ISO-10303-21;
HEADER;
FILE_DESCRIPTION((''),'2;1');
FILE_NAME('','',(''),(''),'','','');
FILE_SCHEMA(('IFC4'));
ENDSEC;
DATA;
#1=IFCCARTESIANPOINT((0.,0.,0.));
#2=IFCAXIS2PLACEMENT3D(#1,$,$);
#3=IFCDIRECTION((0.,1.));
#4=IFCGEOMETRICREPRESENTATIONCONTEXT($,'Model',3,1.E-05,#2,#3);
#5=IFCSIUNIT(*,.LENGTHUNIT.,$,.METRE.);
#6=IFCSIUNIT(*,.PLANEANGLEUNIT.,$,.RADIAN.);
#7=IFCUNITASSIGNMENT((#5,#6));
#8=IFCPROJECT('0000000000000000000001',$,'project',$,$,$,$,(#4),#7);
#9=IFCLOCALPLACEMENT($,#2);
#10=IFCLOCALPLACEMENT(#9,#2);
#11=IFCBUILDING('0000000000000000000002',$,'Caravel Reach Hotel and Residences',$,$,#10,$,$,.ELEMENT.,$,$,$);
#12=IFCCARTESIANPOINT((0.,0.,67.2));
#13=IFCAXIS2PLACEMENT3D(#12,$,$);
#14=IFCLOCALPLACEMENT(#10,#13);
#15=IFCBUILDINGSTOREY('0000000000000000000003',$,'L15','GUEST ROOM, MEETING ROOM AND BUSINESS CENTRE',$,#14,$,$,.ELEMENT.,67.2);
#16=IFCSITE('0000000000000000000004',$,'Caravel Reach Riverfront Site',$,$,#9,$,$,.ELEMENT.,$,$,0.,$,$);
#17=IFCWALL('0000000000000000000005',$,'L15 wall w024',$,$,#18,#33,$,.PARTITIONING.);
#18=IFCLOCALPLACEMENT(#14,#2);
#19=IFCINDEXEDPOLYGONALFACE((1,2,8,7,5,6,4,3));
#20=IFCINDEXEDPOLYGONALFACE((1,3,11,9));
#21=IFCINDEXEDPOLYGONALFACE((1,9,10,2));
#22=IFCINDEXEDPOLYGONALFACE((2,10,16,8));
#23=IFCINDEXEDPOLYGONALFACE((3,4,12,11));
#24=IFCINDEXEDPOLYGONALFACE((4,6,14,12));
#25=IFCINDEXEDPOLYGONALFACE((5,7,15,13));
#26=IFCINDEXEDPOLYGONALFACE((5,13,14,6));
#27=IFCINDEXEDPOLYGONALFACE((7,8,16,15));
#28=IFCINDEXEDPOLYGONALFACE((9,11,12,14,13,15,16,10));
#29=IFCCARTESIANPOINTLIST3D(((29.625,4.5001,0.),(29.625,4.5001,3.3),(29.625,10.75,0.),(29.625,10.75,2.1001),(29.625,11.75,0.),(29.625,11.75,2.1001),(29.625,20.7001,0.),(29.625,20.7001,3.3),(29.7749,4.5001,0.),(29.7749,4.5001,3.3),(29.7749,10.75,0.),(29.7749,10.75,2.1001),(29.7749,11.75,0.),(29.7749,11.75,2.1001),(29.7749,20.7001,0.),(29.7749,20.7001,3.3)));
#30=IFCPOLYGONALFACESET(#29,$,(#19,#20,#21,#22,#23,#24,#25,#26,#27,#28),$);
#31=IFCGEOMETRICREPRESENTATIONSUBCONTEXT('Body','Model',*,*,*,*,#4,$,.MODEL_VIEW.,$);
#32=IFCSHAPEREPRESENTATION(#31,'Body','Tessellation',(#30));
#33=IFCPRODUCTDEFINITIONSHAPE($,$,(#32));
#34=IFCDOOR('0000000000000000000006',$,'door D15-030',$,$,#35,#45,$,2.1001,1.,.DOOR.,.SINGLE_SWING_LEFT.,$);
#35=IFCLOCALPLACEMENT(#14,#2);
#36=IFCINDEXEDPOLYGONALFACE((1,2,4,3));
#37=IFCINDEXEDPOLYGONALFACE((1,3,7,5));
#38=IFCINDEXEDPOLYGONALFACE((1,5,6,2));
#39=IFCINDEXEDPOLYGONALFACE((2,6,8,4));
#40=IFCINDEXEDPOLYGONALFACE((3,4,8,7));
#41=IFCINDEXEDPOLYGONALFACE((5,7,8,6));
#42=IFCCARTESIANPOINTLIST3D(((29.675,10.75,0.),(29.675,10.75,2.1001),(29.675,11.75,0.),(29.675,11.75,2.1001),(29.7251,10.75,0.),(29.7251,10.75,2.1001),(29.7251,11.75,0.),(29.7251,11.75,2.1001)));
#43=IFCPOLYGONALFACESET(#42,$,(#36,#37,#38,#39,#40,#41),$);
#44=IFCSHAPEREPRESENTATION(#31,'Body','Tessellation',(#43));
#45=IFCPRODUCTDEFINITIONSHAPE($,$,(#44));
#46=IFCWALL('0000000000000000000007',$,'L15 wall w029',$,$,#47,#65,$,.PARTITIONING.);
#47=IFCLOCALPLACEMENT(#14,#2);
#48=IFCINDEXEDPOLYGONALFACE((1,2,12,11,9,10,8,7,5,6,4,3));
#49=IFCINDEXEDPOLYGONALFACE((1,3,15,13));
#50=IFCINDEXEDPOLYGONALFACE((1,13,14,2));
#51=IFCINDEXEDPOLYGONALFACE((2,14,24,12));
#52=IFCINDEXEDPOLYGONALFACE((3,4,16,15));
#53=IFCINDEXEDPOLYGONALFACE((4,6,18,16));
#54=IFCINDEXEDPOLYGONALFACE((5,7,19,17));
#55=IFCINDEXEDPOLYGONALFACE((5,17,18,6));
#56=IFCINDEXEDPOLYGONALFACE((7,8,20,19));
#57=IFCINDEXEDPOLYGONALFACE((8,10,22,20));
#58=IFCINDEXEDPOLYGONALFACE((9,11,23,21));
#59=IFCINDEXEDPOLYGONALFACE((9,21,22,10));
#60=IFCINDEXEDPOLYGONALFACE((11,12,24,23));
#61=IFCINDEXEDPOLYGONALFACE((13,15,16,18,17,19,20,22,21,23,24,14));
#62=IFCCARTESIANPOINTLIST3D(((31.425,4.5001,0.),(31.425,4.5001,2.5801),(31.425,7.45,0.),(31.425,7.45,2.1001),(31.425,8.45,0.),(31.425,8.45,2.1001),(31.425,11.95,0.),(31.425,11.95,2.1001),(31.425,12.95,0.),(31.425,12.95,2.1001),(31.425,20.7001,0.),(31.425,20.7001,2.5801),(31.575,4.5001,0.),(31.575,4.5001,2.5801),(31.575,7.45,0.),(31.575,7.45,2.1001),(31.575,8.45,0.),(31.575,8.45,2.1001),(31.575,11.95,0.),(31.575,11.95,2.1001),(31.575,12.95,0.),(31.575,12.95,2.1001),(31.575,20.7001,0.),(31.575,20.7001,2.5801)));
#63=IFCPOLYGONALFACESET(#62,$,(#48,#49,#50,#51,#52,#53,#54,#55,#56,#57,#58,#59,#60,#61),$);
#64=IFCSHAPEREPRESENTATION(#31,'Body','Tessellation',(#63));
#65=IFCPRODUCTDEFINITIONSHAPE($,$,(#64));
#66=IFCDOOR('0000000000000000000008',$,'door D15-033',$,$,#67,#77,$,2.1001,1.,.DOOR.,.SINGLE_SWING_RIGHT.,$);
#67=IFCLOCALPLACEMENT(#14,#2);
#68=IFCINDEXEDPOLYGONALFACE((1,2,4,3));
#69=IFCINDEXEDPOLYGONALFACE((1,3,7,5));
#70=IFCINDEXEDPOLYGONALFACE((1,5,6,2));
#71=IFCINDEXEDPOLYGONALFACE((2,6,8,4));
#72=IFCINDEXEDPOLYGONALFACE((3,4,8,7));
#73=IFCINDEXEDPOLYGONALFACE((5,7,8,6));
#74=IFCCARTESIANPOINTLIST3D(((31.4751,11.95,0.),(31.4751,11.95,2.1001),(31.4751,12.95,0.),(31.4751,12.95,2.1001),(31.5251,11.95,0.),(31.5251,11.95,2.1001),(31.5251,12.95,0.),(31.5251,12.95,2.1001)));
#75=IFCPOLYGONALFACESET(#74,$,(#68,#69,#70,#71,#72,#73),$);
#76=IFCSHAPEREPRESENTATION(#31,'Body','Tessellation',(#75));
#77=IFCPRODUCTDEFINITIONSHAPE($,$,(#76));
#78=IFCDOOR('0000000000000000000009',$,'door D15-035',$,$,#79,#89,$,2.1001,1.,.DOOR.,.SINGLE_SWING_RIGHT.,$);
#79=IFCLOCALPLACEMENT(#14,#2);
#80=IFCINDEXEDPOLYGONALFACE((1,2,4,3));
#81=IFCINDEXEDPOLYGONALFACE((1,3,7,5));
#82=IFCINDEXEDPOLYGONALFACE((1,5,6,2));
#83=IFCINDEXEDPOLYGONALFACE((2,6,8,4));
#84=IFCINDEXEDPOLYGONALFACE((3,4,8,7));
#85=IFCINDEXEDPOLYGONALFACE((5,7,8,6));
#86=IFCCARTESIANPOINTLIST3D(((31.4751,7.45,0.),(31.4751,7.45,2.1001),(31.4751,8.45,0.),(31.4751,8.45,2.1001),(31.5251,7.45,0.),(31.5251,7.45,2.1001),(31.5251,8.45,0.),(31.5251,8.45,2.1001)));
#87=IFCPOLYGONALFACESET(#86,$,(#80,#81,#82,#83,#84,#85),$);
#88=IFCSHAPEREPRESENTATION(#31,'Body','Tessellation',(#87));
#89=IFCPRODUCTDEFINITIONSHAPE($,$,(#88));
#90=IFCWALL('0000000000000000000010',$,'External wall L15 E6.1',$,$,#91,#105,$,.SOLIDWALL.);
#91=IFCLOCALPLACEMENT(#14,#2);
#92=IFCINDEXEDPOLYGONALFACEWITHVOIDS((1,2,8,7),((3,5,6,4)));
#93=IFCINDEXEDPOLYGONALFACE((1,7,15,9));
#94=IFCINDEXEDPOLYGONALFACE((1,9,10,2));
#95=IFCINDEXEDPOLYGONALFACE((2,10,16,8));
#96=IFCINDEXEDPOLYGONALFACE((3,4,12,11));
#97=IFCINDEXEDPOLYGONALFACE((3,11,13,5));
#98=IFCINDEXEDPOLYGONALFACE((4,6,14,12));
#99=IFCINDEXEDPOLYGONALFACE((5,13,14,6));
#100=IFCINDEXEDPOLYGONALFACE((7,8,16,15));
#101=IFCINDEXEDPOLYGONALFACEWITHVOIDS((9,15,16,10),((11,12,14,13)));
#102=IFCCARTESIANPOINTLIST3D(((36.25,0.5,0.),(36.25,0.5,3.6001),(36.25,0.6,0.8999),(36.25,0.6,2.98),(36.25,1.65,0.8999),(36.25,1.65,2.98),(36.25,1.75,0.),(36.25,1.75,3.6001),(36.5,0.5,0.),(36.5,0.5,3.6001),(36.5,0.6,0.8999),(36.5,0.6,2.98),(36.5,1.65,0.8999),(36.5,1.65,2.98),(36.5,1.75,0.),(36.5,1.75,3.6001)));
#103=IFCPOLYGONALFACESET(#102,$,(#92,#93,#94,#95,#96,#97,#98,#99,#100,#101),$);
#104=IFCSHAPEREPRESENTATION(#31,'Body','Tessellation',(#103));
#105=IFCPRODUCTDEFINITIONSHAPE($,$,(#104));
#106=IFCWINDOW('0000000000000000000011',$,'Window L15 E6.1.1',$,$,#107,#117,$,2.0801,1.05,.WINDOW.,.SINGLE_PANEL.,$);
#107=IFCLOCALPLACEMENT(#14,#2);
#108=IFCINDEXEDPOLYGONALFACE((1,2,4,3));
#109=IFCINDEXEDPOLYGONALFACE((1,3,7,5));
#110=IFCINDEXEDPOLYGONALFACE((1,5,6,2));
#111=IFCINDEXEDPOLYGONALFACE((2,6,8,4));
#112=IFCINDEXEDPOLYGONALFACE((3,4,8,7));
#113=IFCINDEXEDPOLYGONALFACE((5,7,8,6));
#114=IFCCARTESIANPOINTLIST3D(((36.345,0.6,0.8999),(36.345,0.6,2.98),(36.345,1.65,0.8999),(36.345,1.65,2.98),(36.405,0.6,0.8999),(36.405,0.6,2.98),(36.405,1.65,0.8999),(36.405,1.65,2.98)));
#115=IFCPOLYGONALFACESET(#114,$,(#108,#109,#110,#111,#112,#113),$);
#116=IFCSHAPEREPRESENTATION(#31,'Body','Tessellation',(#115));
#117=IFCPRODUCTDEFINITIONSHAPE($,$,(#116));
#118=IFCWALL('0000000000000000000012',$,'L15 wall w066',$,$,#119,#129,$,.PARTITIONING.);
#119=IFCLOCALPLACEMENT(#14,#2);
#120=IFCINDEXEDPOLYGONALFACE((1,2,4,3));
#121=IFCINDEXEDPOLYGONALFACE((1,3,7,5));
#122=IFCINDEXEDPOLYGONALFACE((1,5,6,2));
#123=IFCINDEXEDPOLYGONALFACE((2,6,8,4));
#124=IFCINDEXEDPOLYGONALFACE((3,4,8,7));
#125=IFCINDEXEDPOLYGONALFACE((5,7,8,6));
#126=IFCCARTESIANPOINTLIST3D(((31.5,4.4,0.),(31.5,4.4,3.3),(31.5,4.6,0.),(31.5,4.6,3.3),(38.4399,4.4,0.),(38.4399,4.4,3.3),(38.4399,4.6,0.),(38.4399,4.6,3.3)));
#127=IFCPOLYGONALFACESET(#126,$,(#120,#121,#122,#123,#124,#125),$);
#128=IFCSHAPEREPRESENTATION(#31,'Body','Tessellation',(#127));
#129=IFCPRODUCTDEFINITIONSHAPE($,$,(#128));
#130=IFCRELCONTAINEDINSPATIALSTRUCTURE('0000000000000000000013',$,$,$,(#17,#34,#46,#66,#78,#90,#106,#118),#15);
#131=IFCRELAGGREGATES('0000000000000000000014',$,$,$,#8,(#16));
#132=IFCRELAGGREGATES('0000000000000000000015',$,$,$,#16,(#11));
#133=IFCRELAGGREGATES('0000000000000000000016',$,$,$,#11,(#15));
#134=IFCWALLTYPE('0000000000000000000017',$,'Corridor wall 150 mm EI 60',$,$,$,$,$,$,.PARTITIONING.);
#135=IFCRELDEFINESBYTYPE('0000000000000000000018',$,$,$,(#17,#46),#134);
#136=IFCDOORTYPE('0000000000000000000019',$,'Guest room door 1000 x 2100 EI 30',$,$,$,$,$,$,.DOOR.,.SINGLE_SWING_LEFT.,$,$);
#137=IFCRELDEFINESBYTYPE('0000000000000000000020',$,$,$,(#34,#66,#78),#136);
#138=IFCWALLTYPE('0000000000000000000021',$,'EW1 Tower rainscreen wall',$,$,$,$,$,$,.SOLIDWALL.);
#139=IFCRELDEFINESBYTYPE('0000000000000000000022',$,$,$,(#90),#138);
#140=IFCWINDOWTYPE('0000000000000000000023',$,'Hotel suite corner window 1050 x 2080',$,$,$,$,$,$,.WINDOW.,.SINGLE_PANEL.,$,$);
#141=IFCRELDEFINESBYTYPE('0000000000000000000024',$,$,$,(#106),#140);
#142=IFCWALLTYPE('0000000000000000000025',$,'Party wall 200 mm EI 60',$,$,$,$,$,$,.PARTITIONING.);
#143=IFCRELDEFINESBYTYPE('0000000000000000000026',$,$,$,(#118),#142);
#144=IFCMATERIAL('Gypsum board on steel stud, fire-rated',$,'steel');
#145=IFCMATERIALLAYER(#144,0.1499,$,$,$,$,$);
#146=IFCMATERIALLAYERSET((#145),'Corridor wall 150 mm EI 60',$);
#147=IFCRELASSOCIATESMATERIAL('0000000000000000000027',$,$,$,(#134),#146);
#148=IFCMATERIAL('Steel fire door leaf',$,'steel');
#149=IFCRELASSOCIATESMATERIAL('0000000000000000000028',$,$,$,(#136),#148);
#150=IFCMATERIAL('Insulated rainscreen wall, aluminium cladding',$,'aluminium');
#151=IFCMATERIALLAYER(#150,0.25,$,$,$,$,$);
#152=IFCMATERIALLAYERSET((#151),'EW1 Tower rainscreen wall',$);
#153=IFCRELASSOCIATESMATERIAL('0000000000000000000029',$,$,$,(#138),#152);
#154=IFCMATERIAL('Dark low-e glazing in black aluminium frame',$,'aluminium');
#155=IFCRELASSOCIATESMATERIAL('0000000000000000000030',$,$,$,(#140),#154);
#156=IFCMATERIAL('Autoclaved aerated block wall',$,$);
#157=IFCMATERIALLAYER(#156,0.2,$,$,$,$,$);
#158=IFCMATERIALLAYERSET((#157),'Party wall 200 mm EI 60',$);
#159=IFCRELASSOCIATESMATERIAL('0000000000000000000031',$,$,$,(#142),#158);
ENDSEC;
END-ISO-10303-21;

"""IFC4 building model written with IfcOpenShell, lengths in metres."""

from ifc_helpers import new_model, si_unit, direction, frame, frame_2d, origin, place, context, subcontext, project, spatial, rectangle, extrude, material, layer, layer_set, type_object, element, fill, save


model = new_model("IFC4")

# Units and contexts
model_context = context("Model", 3, precision=1e-05, world=origin(), true_north=direction((0.0, 1.0)))
body_context = subcontext(model_context, "Body", "Model", "MODEL_VIEW")
ifc_project = project(units=[si_unit("LENGTHUNIT", "METRE"), si_unit("PLANEANGLEUNIT", "RADIAN")], contexts=[model_context])

# Site, building, storey
site_placement = place(None, origin())
site = spatial("IfcSite", under=ifc_project, at=site_placement, Name="Caravel Reach Riverfront Site", CompositionType="ELEMENT", RefElevation=0.0)
building_placement = place(site_placement, origin())
building = spatial("IfcBuilding", under=site, at=building_placement, Name="Caravel Reach Hotel and Residences", CompositionType="ELEMENT")
storey_placement = place(building_placement, frame((0.0, 0.0, 67.2)))
storey = spatial("IfcBuildingStorey", under=building, at=storey_placement, Name="L15", Description="GUEST ROOM, MEETING ROOM AND BUSINESS CENTRE", CompositionType="ELEMENT", Elevation=67.2)

# Wall, opening, door
ifc_material_1 = material(Name="Gypsum board on steel stud, fire-rated", Category="steel")
ifc_layer_1 = layer(ifc_material_1, 0.1499)
ifc_layer_set_1 = layer_set([ifc_layer_1], Name="Corridor wall 150 mm EI 60")
wall_type_1 = type_object("IfcWallType", Name="Corridor wall 150 mm EI 60", PredefinedType="PARTITIONING", material=ifc_layer_set_1)
ifc_material_2 = material(Name="Steel fire door leaf", Category="steel")
door_type_1 = type_object("IfcDoorType", Name="Guest room door 1000 x 2100 EI 30", OperationType="SINGLE_SWING_LEFT", PredefinedType="DOOR", material=ifc_material_2)
wall_1_placement = place(storey_placement, frame((29.7, 4.5, 0.0), z_axis=(0.0, 0.0, 1.0), x_axis=(0.0, 1.0, 0.0)))
wall_1 = element("IfcWall", 1, at=wall_1_placement, inside=storey, type_object=wall_type_1, Name="L15 wall w024", PredefinedType="PARTITIONING", context=body_context, shape_type="SweptSolid", body=[
    extrude(rectangle(XDim=16.2, YDim=0.1499, at=frame_2d((8.1001, 0.0))), origin(), (0.0, 0.0, 1.0), 3.3),
])
opening_1_placement = place(wall_1_placement, frame((6.25, 0.0, 0.0)))
opening_1 = element("IfcOpeningElement", 2, at=opening_1_placement, cuts=wall_1, PredefinedType="OPENING", context=body_context, shape_type="SweptSolid", body=[
    extrude(rectangle(XDim=1.0, YDim=2.1001, at=frame_2d((0.5, 1.05))), frame((0.0, 0.085, 0.0), z_axis=(0.0, -1.0, 0.0), x_axis=(1.0, 0.0, 0.0)), (0.0, 0.0, 1.0), 0.1699),
])
door_1_placement = place(opening_1_placement, origin())
door_1 = element("IfcDoor", 3, at=door_1_placement, inside=storey, type_object=door_type_1, Name="door D15-030", OperationType="SINGLE_SWING_LEFT", OverallHeight=2.1001, OverallWidth=1.0, PredefinedType="DOOR", context=body_context, shape_type="SweptSolid", body=[
    extrude(rectangle(XDim=1.0, YDim=2.1001, at=frame_2d((0.5, 1.05))), frame((0.0, 0.0249, 0.0), z_axis=(0.0, -1.0, 0.0), x_axis=(1.0, 0.0, 0.0)), (0.0, 0.0, 1.0), 0.05),
])
fill(opening_1, door_1)

# Wall, openings, doors
wall_2_placement = place(storey_placement, frame((31.5, 4.5, 0.0), z_axis=(0.0, 0.0, 1.0), x_axis=(0.0, 1.0, 0.0)))
wall_2 = element("IfcWall", 4, at=wall_2_placement, inside=storey, type_object=wall_type_1, Name="L15 wall w029", PredefinedType="PARTITIONING", context=body_context, shape_type="SweptSolid", body=[
    extrude(rectangle(XDim=16.2, YDim=0.1499, at=frame_2d((8.1001, 0.0))), origin(), (0.0, 0.0, 1.0), 2.5801),
])
opening_2_placement = place(wall_2_placement, frame((7.45, 0.0, 0.0)))
opening_2 = element("IfcOpeningElement", 5, at=opening_2_placement, cuts=wall_2, PredefinedType="OPENING", context=body_context, shape_type="SweptSolid", body=[
    extrude(rectangle(XDim=1.0, YDim=2.1001, at=frame_2d((0.5, 1.05))), frame((0.0, 0.085, 0.0), z_axis=(0.0, -1.0, 0.0), x_axis=(1.0, 0.0, 0.0)), (0.0, 0.0, 1.0), 0.1699),
])
opening_3_placement = place(wall_2_placement, frame((2.95, 0.0, 0.0)))
opening_3 = element("IfcOpeningElement", 6, at=opening_3_placement, cuts=wall_2, PredefinedType="OPENING", context=body_context, shape_type="SweptSolid", body=[
    extrude(rectangle(XDim=1.0, YDim=2.1001, at=frame_2d((0.5, 1.05))), frame((0.0, 0.085, 0.0), z_axis=(0.0, -1.0, 0.0), x_axis=(1.0, 0.0, 0.0)), (0.0, 0.0, 1.0), 0.1699),
])
door_2_placement = place(opening_2_placement, origin())
door_2 = element("IfcDoor", 7, at=door_2_placement, inside=storey, type_object=door_type_1, Name="door D15-033", OperationType="SINGLE_SWING_RIGHT", OverallHeight=2.1001, OverallWidth=1.0, PredefinedType="DOOR", context=body_context, shape_type="SweptSolid", body=[
    extrude(rectangle(XDim=1.0, YDim=2.1001, at=frame_2d((0.5, 1.05))), frame((0.0, 0.0249, 0.0), z_axis=(0.0, -1.0, 0.0), x_axis=(1.0, 0.0, 0.0)), (0.0, 0.0, 1.0), 0.05),
])
fill(opening_2, door_2)
door_3_placement = place(opening_3_placement, origin())
door_3 = element("IfcDoor", 8, at=door_3_placement, inside=storey, type_object=door_type_1, Name="door D15-035", OperationType="SINGLE_SWING_RIGHT", OverallHeight=2.1001, OverallWidth=1.0, PredefinedType="DOOR", context=body_context, shape_type="SweptSolid", body=[
    extrude(rectangle(XDim=1.0, YDim=2.1001, at=frame_2d((0.5, 1.05))), frame((0.0, 0.0249, 0.0), z_axis=(0.0, -1.0, 0.0), x_axis=(1.0, 0.0, 0.0)), (0.0, 0.0, 1.0), 0.05),
])
fill(opening_3, door_3)

# Wall, opening, window
ifc_material_3 = material(Name="Insulated rainscreen wall, aluminium cladding", Category="aluminium")
ifc_layer_2 = layer(ifc_material_3, 0.25)
ifc_layer_set_2 = layer_set([ifc_layer_2], Name="EW1 Tower rainscreen wall")
wall_type_2 = type_object("IfcWallType", Name="EW1 Tower rainscreen wall", PredefinedType="SOLIDWALL", material=ifc_layer_set_2)
wall_3_placement = place(storey_placement, frame((36.375, 0.5, 0.0), z_axis=(0.0, 0.0, 1.0), x_axis=(0.0, 1.0, 0.0)))
wall_3 = element("IfcWall", 9, at=wall_3_placement, inside=storey, type_object=wall_type_2, Name="External wall L15 E6.1", PredefinedType="SOLIDWALL", context=body_context, shape_type="SweptSolid", body=[
    extrude(rectangle(XDim=1.25, YDim=0.25, at=frame_2d((0.625, 0.0))), origin(), (0.0, 0.0, 1.0), 3.6001),
])
opening_4_placement = place(wall_3_placement, frame((0.1001, 0.0, 0.8999)))
opening_4 = element("IfcOpeningElement", 10, at=opening_4_placement, cuts=wall_3, PredefinedType="OPENING", context=body_context, shape_type="SweptSolid", body=[
    extrude(rectangle(XDim=1.05, YDim=2.0801, at=frame_2d((0.5249, 1.04))), frame((0.0, 0.135, 0.0), z_axis=(0.0, -1.0, 0.0), x_axis=(1.0, 0.0, 0.0)), (0.0, 0.0, 1.0), 0.27),
])
ifc_material_4 = material(Name="Dark low-e glazing in black aluminium frame", Category="aluminium")
window_type = type_object("IfcWindowType", Name="Hotel suite corner window 1050 x 2080", PartitioningType="SINGLE_PANEL", PredefinedType="WINDOW", material=ifc_material_4)
window_placement = place(opening_4_placement, origin())
window = element("IfcWindow", 11, at=window_placement, inside=storey, type_object=window_type, Name="Window L15 E6.1.1", OverallHeight=2.0801, OverallWidth=1.05, PartitioningType="SINGLE_PANEL", PredefinedType="WINDOW", context=body_context, shape_type="SweptSolid", body=[
    extrude(rectangle(XDim=1.05, YDim=2.0801, at=frame_2d((0.5249, 1.04))), frame((0.0, 0.03, 0.0), z_axis=(0.0, -1.0, 0.0), x_axis=(1.0, 0.0, 0.0)), (0.0, 0.0, 1.0), 0.0601),
])
fill(opening_4, window)

# Wall
ifc_material_5 = material(Name="Autoclaved aerated block wall")
ifc_layer_3 = layer(ifc_material_5, 0.2)
ifc_layer_set_3 = layer_set([ifc_layer_3], Name="Party wall 200 mm EI 60")
wall_type_3 = type_object("IfcWallType", Name="Party wall 200 mm EI 60", PredefinedType="PARTITIONING", material=ifc_layer_set_3)
wall_4_placement = place(storey_placement, frame((31.5, 4.5, 0.0), z_axis=(0.0, 0.0, 1.0), x_axis=(1.0, 0.0, 0.0)))
element("IfcWall", 12, at=wall_4_placement, inside=storey, type_object=wall_type_3, Name="L15 wall w066", PredefinedType="PARTITIONING", context=body_context, shape_type="SweptSolid", body=[
    extrude(rectangle(XDim=6.9399, YDim=0.2, at=frame_2d((3.47, 0.0))), origin(), (0.0, 0.0, 1.0), 3.3),
])

save(model, "model.ifc")
